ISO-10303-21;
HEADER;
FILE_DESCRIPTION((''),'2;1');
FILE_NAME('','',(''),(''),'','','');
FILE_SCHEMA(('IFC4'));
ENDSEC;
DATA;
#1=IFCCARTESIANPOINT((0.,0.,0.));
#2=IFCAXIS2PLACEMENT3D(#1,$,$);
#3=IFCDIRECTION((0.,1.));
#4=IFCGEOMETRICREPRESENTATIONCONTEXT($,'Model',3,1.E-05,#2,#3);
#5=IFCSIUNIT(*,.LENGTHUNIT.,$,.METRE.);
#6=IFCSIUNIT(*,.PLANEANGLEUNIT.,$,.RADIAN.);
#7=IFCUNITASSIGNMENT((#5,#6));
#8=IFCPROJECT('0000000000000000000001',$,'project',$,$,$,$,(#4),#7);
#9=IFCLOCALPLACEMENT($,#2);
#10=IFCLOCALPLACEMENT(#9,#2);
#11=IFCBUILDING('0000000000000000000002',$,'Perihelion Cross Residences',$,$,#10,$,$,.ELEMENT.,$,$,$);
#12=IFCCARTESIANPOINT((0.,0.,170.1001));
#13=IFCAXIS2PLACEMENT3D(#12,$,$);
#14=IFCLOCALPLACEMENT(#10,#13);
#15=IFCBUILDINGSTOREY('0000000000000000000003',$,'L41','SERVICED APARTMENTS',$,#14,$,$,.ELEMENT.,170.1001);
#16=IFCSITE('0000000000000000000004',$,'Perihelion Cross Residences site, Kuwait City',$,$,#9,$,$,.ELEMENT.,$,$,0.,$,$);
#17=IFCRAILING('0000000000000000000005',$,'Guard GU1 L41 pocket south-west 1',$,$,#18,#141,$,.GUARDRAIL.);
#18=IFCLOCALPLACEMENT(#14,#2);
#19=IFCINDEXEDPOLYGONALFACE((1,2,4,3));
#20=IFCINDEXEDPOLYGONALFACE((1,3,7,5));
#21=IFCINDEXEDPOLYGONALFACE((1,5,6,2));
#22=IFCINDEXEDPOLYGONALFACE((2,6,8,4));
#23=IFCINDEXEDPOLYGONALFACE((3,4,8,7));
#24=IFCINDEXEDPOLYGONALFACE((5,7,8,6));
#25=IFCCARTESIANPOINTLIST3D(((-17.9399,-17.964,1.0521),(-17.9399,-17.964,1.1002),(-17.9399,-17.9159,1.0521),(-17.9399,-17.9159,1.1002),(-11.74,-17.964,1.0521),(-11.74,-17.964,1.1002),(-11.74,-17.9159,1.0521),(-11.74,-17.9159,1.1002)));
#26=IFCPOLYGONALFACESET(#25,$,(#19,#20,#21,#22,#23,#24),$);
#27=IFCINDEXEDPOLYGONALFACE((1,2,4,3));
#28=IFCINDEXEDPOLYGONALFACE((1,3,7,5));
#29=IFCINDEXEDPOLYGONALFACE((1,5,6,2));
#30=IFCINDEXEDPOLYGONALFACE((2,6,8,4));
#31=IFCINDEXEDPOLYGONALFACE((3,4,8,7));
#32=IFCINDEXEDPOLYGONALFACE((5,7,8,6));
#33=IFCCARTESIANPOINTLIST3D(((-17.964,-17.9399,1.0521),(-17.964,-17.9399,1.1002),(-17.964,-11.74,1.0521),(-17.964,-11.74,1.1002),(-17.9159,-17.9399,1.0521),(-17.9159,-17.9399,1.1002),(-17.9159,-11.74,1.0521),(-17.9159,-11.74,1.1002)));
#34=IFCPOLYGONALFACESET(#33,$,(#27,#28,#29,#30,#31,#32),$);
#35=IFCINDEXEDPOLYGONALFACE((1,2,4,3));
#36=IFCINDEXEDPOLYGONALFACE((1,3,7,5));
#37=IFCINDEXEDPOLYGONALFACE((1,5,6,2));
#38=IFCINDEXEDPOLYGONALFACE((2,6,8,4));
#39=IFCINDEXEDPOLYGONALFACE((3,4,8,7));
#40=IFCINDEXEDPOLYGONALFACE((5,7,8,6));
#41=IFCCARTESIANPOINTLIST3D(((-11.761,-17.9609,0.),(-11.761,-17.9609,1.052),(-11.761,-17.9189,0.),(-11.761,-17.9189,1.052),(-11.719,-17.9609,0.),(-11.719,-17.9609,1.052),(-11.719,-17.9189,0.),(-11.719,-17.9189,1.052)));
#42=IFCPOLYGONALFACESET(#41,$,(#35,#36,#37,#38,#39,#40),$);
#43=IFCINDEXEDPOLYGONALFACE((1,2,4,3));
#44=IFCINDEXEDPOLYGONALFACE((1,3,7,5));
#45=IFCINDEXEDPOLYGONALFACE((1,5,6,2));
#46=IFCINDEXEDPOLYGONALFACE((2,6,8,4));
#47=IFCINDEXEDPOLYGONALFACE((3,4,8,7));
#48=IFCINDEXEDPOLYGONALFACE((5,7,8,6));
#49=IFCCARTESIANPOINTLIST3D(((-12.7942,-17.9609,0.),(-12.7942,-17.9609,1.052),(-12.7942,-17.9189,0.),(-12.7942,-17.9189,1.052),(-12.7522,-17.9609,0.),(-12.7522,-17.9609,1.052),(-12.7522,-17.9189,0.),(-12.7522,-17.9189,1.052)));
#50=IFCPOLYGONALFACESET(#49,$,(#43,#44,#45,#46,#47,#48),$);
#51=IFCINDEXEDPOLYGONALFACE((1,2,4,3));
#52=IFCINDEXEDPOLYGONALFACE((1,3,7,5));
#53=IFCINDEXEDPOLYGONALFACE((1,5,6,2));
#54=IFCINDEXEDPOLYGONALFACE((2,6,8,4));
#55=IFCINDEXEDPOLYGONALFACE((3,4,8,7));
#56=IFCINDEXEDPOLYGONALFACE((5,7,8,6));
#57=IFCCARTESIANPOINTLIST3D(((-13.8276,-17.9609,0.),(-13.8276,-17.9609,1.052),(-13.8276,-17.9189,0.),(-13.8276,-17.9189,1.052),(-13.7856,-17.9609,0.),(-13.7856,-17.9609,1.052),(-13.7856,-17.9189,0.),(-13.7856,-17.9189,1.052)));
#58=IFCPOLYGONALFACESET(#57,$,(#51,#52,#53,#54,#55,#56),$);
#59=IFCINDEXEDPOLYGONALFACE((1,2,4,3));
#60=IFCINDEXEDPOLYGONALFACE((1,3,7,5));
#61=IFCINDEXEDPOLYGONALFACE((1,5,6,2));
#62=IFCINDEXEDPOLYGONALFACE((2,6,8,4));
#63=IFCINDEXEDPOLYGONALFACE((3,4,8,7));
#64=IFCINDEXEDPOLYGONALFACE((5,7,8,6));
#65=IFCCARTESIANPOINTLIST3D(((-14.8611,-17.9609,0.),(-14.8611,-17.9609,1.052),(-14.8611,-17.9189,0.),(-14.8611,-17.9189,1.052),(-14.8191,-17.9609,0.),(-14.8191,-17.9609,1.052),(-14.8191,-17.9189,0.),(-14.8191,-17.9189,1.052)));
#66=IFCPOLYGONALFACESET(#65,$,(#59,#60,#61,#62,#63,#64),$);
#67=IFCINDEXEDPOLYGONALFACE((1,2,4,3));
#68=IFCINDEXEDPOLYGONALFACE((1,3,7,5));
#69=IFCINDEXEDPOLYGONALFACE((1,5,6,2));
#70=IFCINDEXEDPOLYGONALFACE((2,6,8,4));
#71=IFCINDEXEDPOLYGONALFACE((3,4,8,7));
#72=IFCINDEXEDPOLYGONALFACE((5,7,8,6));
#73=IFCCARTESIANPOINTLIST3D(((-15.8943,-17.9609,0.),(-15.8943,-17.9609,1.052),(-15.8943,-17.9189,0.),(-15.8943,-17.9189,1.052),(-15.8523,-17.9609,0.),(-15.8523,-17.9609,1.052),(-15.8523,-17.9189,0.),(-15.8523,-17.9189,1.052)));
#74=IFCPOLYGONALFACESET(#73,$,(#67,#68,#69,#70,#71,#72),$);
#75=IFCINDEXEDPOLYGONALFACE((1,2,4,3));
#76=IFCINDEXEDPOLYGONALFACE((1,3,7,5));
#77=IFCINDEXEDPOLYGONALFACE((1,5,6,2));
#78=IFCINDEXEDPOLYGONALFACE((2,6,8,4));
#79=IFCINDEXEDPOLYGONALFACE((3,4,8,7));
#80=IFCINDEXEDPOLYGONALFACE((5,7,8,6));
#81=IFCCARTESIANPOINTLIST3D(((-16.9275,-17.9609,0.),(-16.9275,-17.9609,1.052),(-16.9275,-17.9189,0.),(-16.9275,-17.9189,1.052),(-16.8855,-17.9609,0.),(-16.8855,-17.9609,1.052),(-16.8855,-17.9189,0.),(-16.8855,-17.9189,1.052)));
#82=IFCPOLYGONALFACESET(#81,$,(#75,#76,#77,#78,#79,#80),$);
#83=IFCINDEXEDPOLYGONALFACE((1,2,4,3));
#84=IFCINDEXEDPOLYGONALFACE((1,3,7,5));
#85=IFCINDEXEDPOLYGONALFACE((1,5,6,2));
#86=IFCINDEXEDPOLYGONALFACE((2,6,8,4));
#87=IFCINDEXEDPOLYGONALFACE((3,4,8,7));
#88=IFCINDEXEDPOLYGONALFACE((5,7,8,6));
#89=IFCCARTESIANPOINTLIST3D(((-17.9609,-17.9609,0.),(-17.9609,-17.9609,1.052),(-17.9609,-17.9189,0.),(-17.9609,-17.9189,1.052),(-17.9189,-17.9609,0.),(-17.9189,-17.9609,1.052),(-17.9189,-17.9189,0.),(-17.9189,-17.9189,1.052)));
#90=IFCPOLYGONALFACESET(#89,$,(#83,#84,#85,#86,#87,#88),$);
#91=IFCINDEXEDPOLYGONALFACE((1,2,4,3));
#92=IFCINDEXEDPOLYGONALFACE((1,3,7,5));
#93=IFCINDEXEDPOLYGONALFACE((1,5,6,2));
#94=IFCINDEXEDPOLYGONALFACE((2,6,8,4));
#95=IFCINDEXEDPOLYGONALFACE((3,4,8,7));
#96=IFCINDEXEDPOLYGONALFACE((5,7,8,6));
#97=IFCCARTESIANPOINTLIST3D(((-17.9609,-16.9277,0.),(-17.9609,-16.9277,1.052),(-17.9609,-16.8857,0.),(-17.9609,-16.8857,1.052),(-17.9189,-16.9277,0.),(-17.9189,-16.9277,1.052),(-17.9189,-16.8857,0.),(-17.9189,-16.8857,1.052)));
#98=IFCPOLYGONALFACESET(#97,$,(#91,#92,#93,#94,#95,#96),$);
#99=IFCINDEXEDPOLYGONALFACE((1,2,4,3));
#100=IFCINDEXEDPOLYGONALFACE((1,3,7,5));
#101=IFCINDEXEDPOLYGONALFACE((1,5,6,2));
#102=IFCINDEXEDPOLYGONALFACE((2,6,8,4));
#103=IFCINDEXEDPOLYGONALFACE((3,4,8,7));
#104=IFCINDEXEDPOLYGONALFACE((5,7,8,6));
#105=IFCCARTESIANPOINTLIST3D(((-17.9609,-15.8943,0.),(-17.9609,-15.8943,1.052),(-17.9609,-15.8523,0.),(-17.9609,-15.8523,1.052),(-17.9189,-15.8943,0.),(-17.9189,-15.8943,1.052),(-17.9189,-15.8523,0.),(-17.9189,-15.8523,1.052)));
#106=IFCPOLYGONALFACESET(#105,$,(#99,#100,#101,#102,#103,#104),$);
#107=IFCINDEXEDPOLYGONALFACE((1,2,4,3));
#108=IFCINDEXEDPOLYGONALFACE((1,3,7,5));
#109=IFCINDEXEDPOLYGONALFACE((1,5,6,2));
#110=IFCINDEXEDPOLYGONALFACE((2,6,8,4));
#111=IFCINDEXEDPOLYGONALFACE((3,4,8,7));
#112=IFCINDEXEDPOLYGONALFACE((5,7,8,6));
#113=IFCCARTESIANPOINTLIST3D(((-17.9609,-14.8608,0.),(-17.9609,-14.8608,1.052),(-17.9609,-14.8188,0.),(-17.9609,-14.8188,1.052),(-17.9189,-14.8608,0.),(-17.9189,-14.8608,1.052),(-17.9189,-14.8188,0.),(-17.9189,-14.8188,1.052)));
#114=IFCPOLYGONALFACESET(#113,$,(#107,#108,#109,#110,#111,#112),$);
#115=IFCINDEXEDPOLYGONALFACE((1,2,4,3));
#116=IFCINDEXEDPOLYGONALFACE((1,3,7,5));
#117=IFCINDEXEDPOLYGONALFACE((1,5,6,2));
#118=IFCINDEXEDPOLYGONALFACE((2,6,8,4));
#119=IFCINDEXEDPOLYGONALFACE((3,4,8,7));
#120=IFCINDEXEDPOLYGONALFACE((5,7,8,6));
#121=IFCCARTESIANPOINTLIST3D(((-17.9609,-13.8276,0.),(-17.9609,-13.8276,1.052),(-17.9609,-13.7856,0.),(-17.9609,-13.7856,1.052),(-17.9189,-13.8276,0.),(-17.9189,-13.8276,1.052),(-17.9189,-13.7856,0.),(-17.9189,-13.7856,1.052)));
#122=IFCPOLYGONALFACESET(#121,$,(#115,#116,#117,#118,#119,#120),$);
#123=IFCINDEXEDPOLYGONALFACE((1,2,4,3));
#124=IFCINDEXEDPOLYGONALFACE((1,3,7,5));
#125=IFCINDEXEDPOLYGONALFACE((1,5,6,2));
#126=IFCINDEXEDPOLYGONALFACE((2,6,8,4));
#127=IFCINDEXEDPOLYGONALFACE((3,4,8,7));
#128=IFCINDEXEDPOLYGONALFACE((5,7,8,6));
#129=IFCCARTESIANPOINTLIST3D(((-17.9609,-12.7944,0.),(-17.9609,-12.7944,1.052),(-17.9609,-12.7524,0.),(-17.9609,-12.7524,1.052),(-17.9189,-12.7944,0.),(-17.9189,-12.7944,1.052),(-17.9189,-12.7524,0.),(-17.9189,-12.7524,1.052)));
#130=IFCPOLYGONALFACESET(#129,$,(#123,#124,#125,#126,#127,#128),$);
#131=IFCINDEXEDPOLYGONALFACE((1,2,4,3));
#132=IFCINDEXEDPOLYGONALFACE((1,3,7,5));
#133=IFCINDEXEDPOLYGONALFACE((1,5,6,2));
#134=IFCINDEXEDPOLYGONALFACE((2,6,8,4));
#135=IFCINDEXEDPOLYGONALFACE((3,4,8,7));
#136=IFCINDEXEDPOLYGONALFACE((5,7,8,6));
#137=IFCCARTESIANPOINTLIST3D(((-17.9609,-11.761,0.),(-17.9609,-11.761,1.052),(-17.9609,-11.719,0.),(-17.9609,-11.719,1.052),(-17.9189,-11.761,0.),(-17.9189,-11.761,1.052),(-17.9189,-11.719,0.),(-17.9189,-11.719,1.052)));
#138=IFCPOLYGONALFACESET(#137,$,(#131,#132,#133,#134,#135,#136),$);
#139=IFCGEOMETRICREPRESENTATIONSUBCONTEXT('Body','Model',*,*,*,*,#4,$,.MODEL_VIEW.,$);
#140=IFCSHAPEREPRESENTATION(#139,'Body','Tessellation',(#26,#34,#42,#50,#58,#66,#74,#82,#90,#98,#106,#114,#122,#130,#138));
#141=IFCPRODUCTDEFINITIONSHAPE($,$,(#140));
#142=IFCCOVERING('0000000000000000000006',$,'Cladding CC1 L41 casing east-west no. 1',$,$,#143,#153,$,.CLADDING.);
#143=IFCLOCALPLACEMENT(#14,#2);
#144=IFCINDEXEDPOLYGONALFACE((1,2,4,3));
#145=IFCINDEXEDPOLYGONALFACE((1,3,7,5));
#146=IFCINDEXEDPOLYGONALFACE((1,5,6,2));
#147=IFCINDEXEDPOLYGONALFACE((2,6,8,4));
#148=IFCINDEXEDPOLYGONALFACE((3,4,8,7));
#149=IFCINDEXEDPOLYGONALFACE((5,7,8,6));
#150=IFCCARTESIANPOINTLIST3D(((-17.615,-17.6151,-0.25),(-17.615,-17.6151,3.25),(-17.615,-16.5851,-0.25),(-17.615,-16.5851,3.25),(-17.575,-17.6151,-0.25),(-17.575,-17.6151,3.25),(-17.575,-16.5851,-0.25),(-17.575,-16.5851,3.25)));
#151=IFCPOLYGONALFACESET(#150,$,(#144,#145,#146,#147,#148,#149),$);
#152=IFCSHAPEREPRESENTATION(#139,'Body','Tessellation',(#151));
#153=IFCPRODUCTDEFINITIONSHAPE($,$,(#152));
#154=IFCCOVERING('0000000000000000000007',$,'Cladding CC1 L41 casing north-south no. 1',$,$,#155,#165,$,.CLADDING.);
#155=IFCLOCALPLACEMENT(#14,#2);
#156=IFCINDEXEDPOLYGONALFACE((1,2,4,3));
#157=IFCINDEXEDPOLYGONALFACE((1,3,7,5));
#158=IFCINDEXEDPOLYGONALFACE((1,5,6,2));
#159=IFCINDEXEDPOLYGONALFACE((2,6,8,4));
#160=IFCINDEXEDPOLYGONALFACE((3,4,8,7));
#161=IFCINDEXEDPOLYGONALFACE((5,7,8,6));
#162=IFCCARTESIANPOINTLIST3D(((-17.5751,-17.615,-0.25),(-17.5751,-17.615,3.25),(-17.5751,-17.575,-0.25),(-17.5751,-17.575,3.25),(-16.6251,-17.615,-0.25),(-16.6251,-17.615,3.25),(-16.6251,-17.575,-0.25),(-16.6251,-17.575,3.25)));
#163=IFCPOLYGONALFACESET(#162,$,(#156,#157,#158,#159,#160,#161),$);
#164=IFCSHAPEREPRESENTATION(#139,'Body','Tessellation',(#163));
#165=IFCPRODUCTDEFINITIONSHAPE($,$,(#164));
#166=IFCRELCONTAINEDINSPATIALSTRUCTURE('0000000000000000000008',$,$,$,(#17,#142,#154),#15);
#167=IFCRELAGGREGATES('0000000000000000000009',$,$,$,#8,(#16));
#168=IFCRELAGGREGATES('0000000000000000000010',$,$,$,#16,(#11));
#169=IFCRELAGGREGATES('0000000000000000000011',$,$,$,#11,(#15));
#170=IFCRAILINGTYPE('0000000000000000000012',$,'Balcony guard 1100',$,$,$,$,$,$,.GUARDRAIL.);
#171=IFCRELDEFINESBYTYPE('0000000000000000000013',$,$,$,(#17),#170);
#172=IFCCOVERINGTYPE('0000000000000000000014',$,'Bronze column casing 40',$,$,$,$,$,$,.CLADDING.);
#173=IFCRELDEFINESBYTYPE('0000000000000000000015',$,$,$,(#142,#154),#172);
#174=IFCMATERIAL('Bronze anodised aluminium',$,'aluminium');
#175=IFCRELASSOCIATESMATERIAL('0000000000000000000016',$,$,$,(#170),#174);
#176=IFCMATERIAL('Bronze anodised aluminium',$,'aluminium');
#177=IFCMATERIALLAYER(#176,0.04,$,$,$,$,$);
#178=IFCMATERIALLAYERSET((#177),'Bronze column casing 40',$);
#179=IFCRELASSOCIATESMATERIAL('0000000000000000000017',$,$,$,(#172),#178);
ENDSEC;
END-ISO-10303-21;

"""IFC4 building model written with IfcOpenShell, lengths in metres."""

from ifc_helpers import new_model, si_unit, direction, frame, origin, origin_2d, place, context, subcontext, project, spatial, rectangle, extrude, material, layer, layer_set, type_object, element, save


model = new_model("IFC4")

# Units and contexts
model_context = context("Model", 3, precision=1e-05, world=origin(), true_north=direction((0.0, 1.0)))
body_context = subcontext(model_context, "Body", "Model", "MODEL_VIEW")
ifc_project = project(units=[si_unit("LENGTHUNIT", "METRE"), si_unit("PLANEANGLEUNIT", "RADIAN")], contexts=[model_context])

# Site, building, storey
site_placement = place(None, origin())
site = spatial("IfcSite", under=ifc_project, at=site_placement, Name="Perihelion Cross Residences site, Kuwait City", CompositionType="ELEMENT", RefElevation=0.0)
building_placement = place(site_placement, origin())
building = spatial("IfcBuilding", under=site, at=building_placement, Name="Perihelion Cross Residences", CompositionType="ELEMENT")
storey_placement = place(building_placement, frame((0.0, 0.0, 170.1001)))
storey = spatial("IfcBuildingStorey", under=building, at=storey_placement, Name="L41", Description="SERVICED APARTMENTS", CompositionType="ELEMENT", Elevation=170.1001)

# Railing
ifc_material_1 = material(Name="Bronze anodised aluminium", Category="aluminium")
railing_type = type_object("IfcRailingType", Name="Balcony guard 1100", PredefinedType="GUARDRAIL", material=ifc_material_1)
railing_placement = place(storey_placement, frame((-11.74, -17.9399, 0.0)))
element("IfcRailing", 1, at=railing_placement, inside=storey, type_object=railing_type, Name="Guard GU1 L41 pocket south-west 1", PredefinedType="GUARDRAIL", context=body_context, shape_type="SweptSolid", body=[
    extrude(rectangle(XDim=0.0481, YDim=0.0481, at=origin_2d()), frame((0.0, 0.0, 1.0762), z_axis=(-1.0, 0.0, 0.0), x_axis=(0.0, -1.0, 0.0)), (0.0, 0.0, 1.0), 6.2),
    extrude(rectangle(XDim=0.0481, YDim=0.0481, at=origin_2d()), frame((-6.2, 0.0, 1.0762), z_axis=(0.0, 1.0, 0.0), x_axis=(-1.0, 0.0, 0.0)), (0.0, 0.0, 1.0), 6.2),
    extrude(rectangle(XDim=0.042, YDim=0.042, at=origin_2d()), origin(), (0.0, 0.0, 1.0), 1.052),
    extrude(rectangle(XDim=0.042, YDim=0.042, at=origin_2d()), frame((-1.0332, 0.0, 0.0)), (0.0, 0.0, 1.0), 1.052),
    extrude(rectangle(XDim=0.042, YDim=0.042, at=origin_2d()), frame((-2.0667, 0.0, 0.0)), (0.0, 0.0, 1.0), 1.052),
    extrude(rectangle(XDim=0.042, YDim=0.042, at=origin_2d()), frame((-3.1001, 0.0, 0.0)), (0.0, 0.0, 1.0), 1.052),
    extrude(rectangle(XDim=0.042, YDim=0.042, at=origin_2d()), frame((-4.1333, 0.0, 0.0)), (0.0, 0.0, 1.0), 1.052),
    extrude(rectangle(XDim=0.042, YDim=0.042, at=origin_2d()), frame((-5.1665, 0.0, 0.0)), (0.0, 0.0, 1.0), 1.052),
    extrude(rectangle(XDim=0.042, YDim=0.042, at=origin_2d()), frame((-6.2, 0.0, 0.0)), (0.0, 0.0, 1.0), 1.052),
    extrude(rectangle(XDim=0.042, YDim=0.042, at=origin_2d()), frame((-6.2, 1.0332, 0.0)), (0.0, 0.0, 1.0), 1.052),
    extrude(rectangle(XDim=0.042, YDim=0.042, at=origin_2d()), frame((-6.2, 2.0667, 0.0)), (0.0, 0.0, 1.0), 1.052),
    extrude(rectangle(XDim=0.042, YDim=0.042, at=origin_2d()), frame((-6.2, 3.1001, 0.0)), (0.0, 0.0, 1.0), 1.052),
    extrude(rectangle(XDim=0.042, YDim=0.042, at=origin_2d()), frame((-6.2, 4.1333, 0.0)), (0.0, 0.0, 1.0), 1.052),
    extrude(rectangle(XDim=0.042, YDim=0.042, at=origin_2d()), frame((-6.2, 5.1665, 0.0)), (0.0, 0.0, 1.0), 1.052),
    extrude(rectangle(XDim=0.042, YDim=0.042, at=origin_2d()), frame((-6.2, 6.2, 0.0)), (0.0, 0.0, 1.0), 1.052),
])

# Coverings
ifc_material_2 = material(Name="Bronze anodised aluminium", Category="aluminium")
ifc_layer_1 = layer(ifc_material_2, 0.04)
ifc_layer_set_1 = layer_set([ifc_layer_1], Name="Bronze column casing 40")
covering_type = type_object("IfcCoveringType", Name="Bronze column casing 40", PredefinedType="CLADDING", material=ifc_layer_set_1)
covering_1_placement = place(storey_placement, frame((-17.595, -17.1001, -0.25), z_axis=(0.0, 0.0, 1.0), x_axis=(1.0, 0.0, 0.0)))
element("IfcCovering", 2, at=covering_1_placement, inside=storey, type_object=covering_type, Name="Cladding CC1 L41 casing east-west no. 1", PredefinedType="CLADDING", context=body_context, shape_type="SweptSolid", body=[
    extrude(rectangle(XDim=0.04, YDim=1.03, at=origin_2d()), origin(), (0.0, 0.0, 1.0), 3.5),
])
covering_2_placement = place(storey_placement, frame((-17.1001, -17.595, -0.25), z_axis=(0.0, 0.0, 1.0), x_axis=(1.0, 0.0, 0.0)))
element("IfcCovering", 3, at=covering_2_placement, inside=storey, type_object=covering_type, Name="Cladding CC1 L41 casing north-south no. 1", PredefinedType="CLADDING", context=body_context, shape_type="SweptSolid", body=[
    extrude(rectangle(XDim=0.95, YDim=0.04, at=origin_2d()), origin(), (0.0, 0.0, 1.0), 3.5),
])

save(model, "model.ifc")
